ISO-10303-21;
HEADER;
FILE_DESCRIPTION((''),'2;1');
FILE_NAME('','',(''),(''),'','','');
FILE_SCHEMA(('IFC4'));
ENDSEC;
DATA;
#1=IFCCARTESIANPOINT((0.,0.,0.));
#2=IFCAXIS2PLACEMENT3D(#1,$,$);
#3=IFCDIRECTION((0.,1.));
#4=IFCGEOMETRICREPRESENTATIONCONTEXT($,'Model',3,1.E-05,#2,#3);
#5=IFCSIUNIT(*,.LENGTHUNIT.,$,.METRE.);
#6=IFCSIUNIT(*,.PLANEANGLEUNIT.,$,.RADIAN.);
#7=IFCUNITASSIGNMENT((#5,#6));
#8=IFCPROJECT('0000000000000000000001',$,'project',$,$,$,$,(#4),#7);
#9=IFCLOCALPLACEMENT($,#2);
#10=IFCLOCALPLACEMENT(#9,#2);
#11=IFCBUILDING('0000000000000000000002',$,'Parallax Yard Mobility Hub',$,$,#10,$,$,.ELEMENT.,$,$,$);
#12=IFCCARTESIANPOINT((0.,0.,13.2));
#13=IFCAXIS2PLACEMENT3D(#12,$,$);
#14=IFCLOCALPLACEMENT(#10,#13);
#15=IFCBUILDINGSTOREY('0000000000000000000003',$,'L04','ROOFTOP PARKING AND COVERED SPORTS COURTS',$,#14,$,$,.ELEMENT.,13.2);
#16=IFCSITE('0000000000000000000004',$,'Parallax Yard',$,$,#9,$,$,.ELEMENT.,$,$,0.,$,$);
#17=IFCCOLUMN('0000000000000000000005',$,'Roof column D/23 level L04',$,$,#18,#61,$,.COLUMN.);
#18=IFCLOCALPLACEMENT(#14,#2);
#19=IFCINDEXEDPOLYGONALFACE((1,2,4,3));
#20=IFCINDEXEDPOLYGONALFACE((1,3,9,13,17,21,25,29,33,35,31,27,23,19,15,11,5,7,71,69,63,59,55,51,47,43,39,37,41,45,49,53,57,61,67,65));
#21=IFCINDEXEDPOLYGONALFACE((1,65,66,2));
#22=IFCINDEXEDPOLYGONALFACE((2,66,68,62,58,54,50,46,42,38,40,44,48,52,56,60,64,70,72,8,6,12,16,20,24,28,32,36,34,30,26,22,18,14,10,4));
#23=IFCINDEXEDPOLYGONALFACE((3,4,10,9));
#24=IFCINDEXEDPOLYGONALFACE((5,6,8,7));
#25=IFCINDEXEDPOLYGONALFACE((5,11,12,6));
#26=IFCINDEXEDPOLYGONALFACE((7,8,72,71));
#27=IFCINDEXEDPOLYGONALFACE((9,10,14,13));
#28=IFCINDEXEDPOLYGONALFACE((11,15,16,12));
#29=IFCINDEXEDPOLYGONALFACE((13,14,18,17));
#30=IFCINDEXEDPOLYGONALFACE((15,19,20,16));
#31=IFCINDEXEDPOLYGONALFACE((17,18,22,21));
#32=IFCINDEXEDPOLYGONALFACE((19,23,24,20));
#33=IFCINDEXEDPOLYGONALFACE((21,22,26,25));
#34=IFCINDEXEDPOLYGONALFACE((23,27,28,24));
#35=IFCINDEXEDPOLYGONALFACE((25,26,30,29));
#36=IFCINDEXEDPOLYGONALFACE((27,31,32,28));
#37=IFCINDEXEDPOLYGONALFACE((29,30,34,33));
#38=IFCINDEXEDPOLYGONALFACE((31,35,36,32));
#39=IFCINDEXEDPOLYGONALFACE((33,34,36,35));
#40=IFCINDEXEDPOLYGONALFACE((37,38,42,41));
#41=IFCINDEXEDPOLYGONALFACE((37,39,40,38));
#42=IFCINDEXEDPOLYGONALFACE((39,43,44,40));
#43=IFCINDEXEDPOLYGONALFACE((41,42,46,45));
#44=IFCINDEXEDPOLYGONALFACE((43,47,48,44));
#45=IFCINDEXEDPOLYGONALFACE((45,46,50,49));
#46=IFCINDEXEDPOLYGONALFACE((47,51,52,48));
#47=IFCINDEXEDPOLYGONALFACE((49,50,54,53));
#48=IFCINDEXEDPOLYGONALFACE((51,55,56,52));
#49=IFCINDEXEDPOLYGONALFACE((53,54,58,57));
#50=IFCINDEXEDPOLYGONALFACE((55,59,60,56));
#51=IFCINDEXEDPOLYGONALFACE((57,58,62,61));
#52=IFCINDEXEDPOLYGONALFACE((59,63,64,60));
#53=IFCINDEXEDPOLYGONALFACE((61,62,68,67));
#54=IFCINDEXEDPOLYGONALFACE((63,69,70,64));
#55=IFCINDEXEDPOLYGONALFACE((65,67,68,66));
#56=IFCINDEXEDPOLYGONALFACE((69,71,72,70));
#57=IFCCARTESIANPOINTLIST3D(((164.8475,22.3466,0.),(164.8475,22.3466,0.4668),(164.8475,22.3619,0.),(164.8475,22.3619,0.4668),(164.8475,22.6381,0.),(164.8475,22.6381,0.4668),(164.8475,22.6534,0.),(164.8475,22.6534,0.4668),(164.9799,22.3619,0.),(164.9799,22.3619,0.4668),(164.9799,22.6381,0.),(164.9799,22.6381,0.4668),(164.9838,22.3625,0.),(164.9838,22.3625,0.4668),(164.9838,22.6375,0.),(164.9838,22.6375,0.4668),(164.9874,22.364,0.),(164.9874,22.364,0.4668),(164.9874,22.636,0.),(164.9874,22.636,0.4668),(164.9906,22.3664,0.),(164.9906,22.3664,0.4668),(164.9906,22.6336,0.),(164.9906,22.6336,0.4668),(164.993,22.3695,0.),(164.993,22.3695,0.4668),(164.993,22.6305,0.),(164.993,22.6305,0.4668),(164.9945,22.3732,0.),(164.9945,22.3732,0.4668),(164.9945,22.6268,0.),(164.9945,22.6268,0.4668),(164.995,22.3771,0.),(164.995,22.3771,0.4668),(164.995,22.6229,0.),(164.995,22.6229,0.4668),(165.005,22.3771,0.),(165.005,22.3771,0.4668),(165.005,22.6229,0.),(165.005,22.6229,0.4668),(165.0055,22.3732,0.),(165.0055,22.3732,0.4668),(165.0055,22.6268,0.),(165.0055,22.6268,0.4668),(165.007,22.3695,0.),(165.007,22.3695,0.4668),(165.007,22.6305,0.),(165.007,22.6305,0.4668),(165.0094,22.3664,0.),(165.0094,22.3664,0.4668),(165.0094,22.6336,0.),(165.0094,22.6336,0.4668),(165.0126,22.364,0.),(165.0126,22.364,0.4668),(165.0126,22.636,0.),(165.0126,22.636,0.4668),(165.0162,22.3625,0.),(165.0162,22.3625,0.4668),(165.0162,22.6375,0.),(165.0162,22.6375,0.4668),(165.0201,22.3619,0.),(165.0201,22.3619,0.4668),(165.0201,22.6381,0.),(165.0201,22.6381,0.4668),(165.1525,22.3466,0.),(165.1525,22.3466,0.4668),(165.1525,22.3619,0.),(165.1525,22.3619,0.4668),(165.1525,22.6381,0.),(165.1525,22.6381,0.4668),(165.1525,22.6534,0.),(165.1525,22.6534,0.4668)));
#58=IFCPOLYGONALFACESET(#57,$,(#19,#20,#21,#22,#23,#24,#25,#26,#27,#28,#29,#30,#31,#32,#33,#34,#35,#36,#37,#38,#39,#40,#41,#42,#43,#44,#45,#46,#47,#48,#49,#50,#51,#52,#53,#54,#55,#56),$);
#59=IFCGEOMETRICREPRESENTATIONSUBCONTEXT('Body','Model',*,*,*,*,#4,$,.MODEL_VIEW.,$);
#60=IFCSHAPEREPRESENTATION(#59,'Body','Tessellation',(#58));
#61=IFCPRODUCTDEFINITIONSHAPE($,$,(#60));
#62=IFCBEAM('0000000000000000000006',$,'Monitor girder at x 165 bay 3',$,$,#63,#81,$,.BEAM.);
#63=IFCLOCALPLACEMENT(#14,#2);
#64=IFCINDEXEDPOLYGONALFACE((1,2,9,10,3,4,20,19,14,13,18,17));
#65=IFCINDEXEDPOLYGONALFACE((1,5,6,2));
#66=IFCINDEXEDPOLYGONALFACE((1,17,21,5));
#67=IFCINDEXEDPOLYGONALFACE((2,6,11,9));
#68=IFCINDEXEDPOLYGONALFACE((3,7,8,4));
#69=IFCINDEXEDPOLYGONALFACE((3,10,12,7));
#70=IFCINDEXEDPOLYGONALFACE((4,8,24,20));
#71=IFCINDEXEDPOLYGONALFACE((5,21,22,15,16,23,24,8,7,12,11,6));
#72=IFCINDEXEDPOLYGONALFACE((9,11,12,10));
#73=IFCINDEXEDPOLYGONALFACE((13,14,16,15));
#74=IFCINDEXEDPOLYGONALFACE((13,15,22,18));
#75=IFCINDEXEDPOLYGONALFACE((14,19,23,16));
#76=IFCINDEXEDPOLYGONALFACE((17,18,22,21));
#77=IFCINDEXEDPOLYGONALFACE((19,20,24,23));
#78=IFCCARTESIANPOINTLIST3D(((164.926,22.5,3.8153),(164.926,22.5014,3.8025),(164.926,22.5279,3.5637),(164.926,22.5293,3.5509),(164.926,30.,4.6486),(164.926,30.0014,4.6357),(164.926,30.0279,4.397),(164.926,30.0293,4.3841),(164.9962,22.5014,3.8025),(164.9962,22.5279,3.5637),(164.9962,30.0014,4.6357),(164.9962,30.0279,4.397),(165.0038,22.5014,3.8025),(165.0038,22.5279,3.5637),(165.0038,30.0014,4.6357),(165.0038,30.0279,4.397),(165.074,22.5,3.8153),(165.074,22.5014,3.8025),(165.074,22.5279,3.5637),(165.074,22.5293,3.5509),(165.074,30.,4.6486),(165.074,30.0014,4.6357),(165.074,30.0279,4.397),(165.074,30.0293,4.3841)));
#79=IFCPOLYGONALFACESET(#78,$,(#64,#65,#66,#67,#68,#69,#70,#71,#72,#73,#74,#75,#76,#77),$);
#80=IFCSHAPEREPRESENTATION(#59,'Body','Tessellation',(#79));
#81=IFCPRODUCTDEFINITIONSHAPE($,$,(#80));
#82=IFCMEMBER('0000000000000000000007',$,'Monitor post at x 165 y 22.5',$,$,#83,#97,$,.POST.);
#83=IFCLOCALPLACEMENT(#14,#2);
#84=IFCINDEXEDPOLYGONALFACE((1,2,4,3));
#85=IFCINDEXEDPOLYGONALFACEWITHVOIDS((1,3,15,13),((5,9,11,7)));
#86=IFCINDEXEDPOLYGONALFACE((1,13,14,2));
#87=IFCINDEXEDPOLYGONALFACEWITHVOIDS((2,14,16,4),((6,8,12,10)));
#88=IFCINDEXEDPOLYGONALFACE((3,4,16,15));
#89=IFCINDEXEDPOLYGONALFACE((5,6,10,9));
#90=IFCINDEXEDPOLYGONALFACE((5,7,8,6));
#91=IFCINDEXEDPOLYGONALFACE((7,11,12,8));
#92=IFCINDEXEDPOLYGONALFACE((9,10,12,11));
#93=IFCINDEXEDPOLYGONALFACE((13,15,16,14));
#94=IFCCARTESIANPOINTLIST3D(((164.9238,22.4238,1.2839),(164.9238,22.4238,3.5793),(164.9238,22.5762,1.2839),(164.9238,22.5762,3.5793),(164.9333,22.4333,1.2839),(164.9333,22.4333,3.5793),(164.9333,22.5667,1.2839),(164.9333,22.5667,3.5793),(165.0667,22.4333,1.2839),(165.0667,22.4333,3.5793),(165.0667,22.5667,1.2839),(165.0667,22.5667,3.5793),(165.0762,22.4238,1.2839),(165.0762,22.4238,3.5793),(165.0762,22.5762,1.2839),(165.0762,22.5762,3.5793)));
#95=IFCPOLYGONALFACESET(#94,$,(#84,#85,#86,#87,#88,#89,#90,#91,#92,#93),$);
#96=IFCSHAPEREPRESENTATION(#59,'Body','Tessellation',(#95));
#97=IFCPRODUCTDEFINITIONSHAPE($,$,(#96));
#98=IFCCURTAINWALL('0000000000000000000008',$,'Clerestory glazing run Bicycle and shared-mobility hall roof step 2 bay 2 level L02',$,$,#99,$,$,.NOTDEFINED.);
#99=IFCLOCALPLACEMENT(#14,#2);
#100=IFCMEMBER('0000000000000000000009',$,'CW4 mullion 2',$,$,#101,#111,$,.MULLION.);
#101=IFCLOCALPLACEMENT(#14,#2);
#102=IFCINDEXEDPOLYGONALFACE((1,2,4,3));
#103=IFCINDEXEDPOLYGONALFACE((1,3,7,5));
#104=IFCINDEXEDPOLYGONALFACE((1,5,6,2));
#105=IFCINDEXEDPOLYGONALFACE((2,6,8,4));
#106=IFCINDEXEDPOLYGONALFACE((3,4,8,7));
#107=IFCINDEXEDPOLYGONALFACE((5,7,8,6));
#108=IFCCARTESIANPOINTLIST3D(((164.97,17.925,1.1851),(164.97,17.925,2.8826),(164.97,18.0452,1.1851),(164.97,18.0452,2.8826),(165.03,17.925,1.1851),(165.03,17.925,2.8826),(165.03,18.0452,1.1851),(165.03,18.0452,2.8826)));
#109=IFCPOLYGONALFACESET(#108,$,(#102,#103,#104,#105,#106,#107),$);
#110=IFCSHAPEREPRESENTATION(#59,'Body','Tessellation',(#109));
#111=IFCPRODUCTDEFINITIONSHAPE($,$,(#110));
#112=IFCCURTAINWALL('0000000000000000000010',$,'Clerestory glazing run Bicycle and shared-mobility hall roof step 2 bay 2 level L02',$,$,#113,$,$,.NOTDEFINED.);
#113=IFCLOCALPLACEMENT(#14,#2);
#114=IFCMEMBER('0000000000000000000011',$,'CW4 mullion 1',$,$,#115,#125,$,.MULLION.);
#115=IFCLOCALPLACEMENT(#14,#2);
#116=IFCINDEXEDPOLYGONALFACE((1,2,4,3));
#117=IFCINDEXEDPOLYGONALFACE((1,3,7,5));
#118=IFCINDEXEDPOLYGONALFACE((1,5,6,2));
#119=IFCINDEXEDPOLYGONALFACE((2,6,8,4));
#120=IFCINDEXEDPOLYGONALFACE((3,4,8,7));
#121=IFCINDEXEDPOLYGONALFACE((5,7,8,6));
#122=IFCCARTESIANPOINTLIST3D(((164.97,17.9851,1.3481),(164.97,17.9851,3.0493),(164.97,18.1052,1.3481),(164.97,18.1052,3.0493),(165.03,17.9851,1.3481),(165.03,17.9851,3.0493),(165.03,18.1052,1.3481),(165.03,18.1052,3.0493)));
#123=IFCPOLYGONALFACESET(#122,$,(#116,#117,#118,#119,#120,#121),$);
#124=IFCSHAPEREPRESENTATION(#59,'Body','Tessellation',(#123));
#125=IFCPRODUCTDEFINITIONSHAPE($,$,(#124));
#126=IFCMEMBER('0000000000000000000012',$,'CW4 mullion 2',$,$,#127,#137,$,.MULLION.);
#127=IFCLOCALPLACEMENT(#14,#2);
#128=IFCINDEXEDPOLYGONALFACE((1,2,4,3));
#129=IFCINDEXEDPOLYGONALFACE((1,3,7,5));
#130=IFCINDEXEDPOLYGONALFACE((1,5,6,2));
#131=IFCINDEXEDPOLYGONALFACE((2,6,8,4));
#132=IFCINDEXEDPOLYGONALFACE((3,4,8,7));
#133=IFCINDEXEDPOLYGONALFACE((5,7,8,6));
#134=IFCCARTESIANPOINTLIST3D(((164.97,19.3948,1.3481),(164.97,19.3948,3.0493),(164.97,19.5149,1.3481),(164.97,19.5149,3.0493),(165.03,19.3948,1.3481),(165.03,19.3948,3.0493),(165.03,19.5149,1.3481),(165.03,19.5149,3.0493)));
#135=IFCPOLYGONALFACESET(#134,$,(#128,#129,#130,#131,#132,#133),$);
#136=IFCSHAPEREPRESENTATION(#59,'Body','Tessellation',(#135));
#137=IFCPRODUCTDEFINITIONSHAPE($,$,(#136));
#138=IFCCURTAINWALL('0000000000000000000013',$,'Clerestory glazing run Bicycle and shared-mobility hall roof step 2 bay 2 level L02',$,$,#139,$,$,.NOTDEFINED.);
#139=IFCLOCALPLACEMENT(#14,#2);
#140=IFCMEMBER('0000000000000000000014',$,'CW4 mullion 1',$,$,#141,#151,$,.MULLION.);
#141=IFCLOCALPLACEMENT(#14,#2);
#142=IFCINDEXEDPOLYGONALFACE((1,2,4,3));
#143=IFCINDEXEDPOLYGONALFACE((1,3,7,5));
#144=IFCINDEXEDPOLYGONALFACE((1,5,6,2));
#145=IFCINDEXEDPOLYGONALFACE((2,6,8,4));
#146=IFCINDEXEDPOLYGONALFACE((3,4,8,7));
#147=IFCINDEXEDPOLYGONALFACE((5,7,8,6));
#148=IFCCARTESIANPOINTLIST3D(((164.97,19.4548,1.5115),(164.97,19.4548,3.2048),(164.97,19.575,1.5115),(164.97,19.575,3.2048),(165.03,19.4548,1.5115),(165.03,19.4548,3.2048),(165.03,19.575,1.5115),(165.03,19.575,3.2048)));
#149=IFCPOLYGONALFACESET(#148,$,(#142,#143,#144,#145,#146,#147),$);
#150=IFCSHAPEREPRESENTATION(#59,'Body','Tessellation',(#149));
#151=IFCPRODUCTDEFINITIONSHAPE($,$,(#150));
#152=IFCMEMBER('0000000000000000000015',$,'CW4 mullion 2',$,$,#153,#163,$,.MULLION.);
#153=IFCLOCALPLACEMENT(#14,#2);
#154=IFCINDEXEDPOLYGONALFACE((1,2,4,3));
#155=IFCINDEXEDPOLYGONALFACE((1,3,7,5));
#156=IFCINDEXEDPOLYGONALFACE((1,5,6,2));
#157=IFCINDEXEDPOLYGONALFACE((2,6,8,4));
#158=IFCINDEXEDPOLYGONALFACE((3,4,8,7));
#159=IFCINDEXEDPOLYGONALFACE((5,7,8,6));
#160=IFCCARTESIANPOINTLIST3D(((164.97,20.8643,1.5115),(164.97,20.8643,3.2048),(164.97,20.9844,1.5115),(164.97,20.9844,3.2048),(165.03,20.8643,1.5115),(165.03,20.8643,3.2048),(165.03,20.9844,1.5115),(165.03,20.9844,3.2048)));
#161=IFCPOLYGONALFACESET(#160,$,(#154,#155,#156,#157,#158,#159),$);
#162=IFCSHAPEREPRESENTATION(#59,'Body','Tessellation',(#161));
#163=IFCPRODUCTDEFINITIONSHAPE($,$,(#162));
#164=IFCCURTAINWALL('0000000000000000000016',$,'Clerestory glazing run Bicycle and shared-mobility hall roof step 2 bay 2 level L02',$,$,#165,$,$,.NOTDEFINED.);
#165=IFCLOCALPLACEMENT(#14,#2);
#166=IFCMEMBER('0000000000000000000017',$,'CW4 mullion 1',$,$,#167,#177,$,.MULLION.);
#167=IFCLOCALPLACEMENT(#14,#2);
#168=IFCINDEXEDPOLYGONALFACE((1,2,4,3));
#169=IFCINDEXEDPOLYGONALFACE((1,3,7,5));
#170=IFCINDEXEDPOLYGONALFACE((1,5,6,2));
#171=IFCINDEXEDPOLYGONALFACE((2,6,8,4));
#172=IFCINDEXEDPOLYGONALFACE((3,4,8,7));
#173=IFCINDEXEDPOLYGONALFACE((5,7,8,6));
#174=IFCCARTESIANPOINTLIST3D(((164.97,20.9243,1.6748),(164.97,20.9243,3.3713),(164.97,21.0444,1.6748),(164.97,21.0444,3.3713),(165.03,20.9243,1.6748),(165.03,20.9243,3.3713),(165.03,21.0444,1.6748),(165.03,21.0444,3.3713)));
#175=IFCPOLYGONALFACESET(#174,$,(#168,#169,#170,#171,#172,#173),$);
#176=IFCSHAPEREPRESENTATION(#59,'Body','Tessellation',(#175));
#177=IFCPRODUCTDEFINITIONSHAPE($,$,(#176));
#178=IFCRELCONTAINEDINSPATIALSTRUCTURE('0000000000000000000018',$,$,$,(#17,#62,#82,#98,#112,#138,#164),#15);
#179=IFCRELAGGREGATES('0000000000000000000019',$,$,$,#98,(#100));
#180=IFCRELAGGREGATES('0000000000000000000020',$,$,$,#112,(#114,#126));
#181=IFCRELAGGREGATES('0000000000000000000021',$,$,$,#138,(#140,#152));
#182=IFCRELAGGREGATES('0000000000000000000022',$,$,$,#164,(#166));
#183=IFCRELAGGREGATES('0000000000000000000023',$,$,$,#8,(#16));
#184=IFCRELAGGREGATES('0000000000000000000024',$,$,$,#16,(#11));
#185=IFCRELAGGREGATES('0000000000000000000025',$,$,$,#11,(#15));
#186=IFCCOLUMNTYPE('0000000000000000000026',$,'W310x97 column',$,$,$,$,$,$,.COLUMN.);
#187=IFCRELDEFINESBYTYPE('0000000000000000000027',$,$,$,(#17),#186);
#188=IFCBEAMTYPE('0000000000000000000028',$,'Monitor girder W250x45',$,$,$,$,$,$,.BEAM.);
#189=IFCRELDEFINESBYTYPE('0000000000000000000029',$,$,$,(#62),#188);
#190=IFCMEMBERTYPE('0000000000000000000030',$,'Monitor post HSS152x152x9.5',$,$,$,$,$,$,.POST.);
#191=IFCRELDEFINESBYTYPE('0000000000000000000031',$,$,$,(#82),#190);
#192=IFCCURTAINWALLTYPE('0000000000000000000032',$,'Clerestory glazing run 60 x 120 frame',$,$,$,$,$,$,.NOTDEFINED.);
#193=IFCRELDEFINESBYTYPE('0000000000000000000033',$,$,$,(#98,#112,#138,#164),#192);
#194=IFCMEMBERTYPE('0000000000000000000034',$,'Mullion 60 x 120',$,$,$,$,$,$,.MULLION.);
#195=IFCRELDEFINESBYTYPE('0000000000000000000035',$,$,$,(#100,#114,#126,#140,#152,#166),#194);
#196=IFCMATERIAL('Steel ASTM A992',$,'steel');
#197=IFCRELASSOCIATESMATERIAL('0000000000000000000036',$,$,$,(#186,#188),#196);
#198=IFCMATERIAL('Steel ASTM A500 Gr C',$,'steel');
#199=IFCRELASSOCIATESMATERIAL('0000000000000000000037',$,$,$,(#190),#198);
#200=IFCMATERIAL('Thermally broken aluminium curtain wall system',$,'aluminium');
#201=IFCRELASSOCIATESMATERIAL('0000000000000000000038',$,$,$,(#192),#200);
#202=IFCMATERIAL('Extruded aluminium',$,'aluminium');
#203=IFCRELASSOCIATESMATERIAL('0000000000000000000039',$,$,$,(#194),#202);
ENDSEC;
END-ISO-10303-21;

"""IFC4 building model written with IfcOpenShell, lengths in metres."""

from ifc_helpers import new_model, si_unit, direction, frame, origin, origin_2d, place, context, subcontext, project, spatial, rectangle, hollow_rectangle, i_section, extrude, material, material_profile, profile_set, type_object, element, aggregate, save


model = new_model("IFC4")

# Units and contexts
model_context = context("Model", 3, precision=1e-05, world=origin(), true_north=direction((0.0, 1.0)))
body_context = subcontext(model_context, "Body", "Model", "MODEL_VIEW")
ifc_project = project(units=[si_unit("LENGTHUNIT", "METRE"), si_unit("PLANEANGLEUNIT", "RADIAN")], contexts=[model_context])

# Site, building, storey
site_placement = place(None, origin())
site = spatial("IfcSite", under=ifc_project, at=site_placement, Name="Parallax Yard", CompositionType="ELEMENT", RefElevation=0.0)
building_placement = place(site_placement, origin())
building = spatial("IfcBuilding", under=site, at=building_placement, Name="Parallax Yard Mobility Hub", CompositionType="ELEMENT")
storey_placement = place(building_placement, frame((0.0, 0.0, 13.2)))
storey = spatial("IfcBuildingStorey", under=building, at=storey_placement, Name="L04", Description="ROOFTOP PARKING AND COVERED SPORTS COURTS", CompositionType="ELEMENT", Elevation=13.2)

# Column
ifc_material_1 = material(Name="Steel ASTM A992", Category="steel")
ifc_material_profile_1 = material_profile(ifc_material_1, i_section(OverallWidth=0.3049, OverallDepth=0.3069, WebThickness=0.01, FlangeThickness=0.0154, FilletRadius=0.0151, at=origin_2d()), Name="W310x97")
ifc_profile_set_1 = profile_set([ifc_material_profile_1], Name="Steel ASTM A992")
column_type = type_object("IfcColumnType", Name="W310x97 column", PredefinedType="COLUMN", material=ifc_profile_set_1)
column_placement = place(storey_placement, frame((165.0, 22.5, 0.0), z_axis=(0.0, 0.0, 1.0), x_axis=(1.0, 0.0, 0.0)))
element("IfcColumn", 1, at=column_placement, inside=storey, type_object=column_type, Name="Roof column D/23 level L04", PredefinedType="COLUMN", context=body_context, shape_type="SweptSolid", body=[
    extrude(i_section(OverallWidth=0.3049, OverallDepth=0.3069, WebThickness=0.01, FlangeThickness=0.0154, FilletRadius=0.0151, at=origin_2d()), origin(), (0.0, 0.0, 1.0), 0.4668),
])

# Beam
ifc_material_profile_2 = material_profile(ifc_material_1, i_section(OverallWidth=0.1479, OverallDepth=0.2661, WebThickness=0.0076, FlangeThickness=0.0129, at=origin_2d()), Name="W250x45")
ifc_profile_set_2 = profile_set([ifc_material_profile_2], Name="Steel ASTM A992")
beam_type = type_object("IfcBeamType", Name="Monitor girder W250x45", PredefinedType="BEAM", material=ifc_profile_set_2)
beam_placement = place(storey_placement, frame((165.0, 22.5146, 3.6831), z_axis=(0.0, 0.993885, 0.110421), x_axis=(-1.0, 0.0, 0.0)))
element("IfcBeam", 2, at=beam_placement, inside=storey, type_object=beam_type, Name="Monitor girder at x 165 bay 3", PredefinedType="BEAM", context=body_context, shape_type="SweptSolid", body=[
    extrude(i_section(OverallWidth=0.1479, OverallDepth=0.2661, WebThickness=0.0076, FlangeThickness=0.0129, at=origin_2d()), origin(), (0.0, 0.0, 1.0), 7.5461),
])

# Member
ifc_material_2 = material(Name="Steel ASTM A500 Gr C", Category="steel")
ifc_material_profile_3 = material_profile(ifc_material_2, hollow_rectangle(XDim=0.1523, YDim=0.1523, WallThickness=0.0095, at=origin_2d()), Name="HSS152x152x9.5")
ifc_profile_set_3 = profile_set([ifc_material_profile_3], Name="Steel ASTM A500 Gr C")
member_type_1 = type_object("IfcMemberType", Name="Monitor post HSS152x152x9.5", PredefinedType="POST", material=ifc_profile_set_3)
member_1_placement = place(storey_placement, frame((165.0, 22.5, 1.2839), z_axis=(0.0, 0.0, 1.0), x_axis=(1.0, 0.0, 0.0)))
element("IfcMember", 3, at=member_1_placement, inside=storey, type_object=member_type_1, Name="Monitor post at x 165 y 22.5", PredefinedType="POST", context=body_context, shape_type="SweptSolid", body=[
    extrude(hollow_rectangle(XDim=0.1523, YDim=0.1523, WallThickness=0.0095, at=origin_2d()), origin(), (0.0, 0.0, 1.0), 2.2954),
])

# Curtain wall, member
ifc_material_3 = material(Name="Thermally broken aluminium curtain wall system", Category="aluminium")
curtain_wall_type = type_object("IfcCurtainWallType", Name="Clerestory glazing run 60 x 120 frame", PredefinedType="NOTDEFINED", material=ifc_material_3)
curtain_wall_1_placement = place(storey_placement, origin())
curtain_wall_1 = element("IfcCurtainWall", 4, at=curtain_wall_1_placement, inside=storey, type_object=curtain_wall_type, Name="Clerestory glazing run Bicycle and shared-mobility hall roof step 2 bay 2 level L02", PredefinedType="NOTDEFINED")
ifc_material_4 = material(Name="Extruded aluminium", Category="aluminium")
ifc_material_profile_4 = material_profile(ifc_material_4, rectangle(XDim=0.0601, YDim=0.1201, at=origin_2d()), Name="Mullion 60 x 120")
ifc_profile_set_4 = profile_set([ifc_material_profile_4], Name="Extruded aluminium")
member_type_2 = type_object("IfcMemberType", Name="Mullion 60 x 120", PredefinedType="MULLION", material=ifc_profile_set_4)
member_2_placement = place(storey_placement, frame((165.0, 17.9851, 1.1851), z_axis=(0.0, 0.0, 1.0), x_axis=(-1.0, 0.0, 0.0)))
member_2 = element("IfcMember", 5, at=member_2_placement, type_object=member_type_2, Name="CW4 mullion 2", PredefinedType="MULLION", context=body_context, shape_type="SweptSolid", body=[
    extrude(rectangle(XDim=0.0601, YDim=0.1201, at=origin_2d()), origin(), (0.0, 0.0, 1.0), 1.6975),
])

# Curtain walls, members
curtain_wall_2_placement = place(storey_placement, origin())
curtain_wall_2 = element("IfcCurtainWall", 6, at=curtain_wall_2_placement, inside=storey, type_object=curtain_wall_type, Name="Clerestory glazing run Bicycle and shared-mobility hall roof step 2 bay 2 level L02", PredefinedType="NOTDEFINED")
member_3_placement = place(storey_placement, frame((165.0, 18.0452, 1.3481), z_axis=(0.0, 0.0, 1.0), x_axis=(-1.0, 0.0, 0.0)))
member_3 = element("IfcMember", 7, at=member_3_placement, type_object=member_type_2, Name="CW4 mullion 1", PredefinedType="MULLION", context=body_context, shape_type="SweptSolid", body=[
    extrude(rectangle(XDim=0.0601, YDim=0.1201, at=origin_2d()), origin(), (0.0, 0.0, 1.0), 1.7012),
])
member_4_placement = place(storey_placement, frame((165.0, 19.4548, 1.3481), z_axis=(0.0, 0.0, 1.0), x_axis=(-1.0, 0.0, 0.0)))
member_4 = element("IfcMember", 8, at=member_4_placement, type_object=member_type_2, Name="CW4 mullion 2", PredefinedType="MULLION", context=body_context, shape_type="SweptSolid", body=[
    extrude(rectangle(XDim=0.0601, YDim=0.1201, at=origin_2d()), origin(), (0.0, 0.0, 1.0), 1.7012),
])
curtain_wall_3_placement = place(storey_placement, origin())
curtain_wall_3 = element("IfcCurtainWall", 9, at=curtain_wall_3_placement, inside=storey, type_object=curtain_wall_type, Name="Clerestory glazing run Bicycle and shared-mobility hall roof step 2 bay 2 level L02", PredefinedType="NOTDEFINED")
member_5_placement = place(storey_placement, frame((165.0, 19.5149, 1.5115), z_axis=(0.0, 0.0, 1.0), x_axis=(-1.0, 0.0, 0.0)))
member_5 = element("IfcMember", 10, at=member_5_placement, type_object=member_type_2, Name="CW4 mullion 1", PredefinedType="MULLION", context=body_context, shape_type="SweptSolid", body=[
    extrude(rectangle(XDim=0.0601, YDim=0.1201, at=origin_2d()), origin(), (0.0, 0.0, 1.0), 1.6934),
])
member_6_placement = place(storey_placement, frame((165.0, 20.9243, 1.5115), z_axis=(0.0, 0.0, 1.0), x_axis=(-1.0, 0.0, 0.0)))
member_6 = element("IfcMember", 11, at=member_6_placement, type_object=member_type_2, Name="CW4 mullion 2", PredefinedType="MULLION", context=body_context, shape_type="SweptSolid", body=[
    extrude(rectangle(XDim=0.0601, YDim=0.1201, at=origin_2d()), origin(), (0.0, 0.0, 1.0), 1.6934),
])

# Curtain wall, member
curtain_wall_4_placement = place(storey_placement, origin())
curtain_wall_4 = element("IfcCurtainWall", 12, at=curtain_wall_4_placement, inside=storey, type_object=curtain_wall_type, Name="Clerestory glazing run Bicycle and shared-mobility hall roof step 2 bay 2 level L02", PredefinedType="NOTDEFINED")
member_7_placement = place(storey_placement, frame((165.0, 20.9844, 1.6748), z_axis=(0.0, 0.0, 1.0), x_axis=(-1.0, 0.0, 0.0)))
member_7 = element("IfcMember", 13, at=member_7_placement, type_object=member_type_2, Name="CW4 mullion 1", PredefinedType="MULLION", context=body_context, shape_type="SweptSolid", body=[
    extrude(rectangle(XDim=0.0601, YDim=0.1201, at=origin_2d()), origin(), (0.0, 0.0, 1.0), 1.6965),
])

aggregate(curtain_wall_1, [member_2])
aggregate(curtain_wall_2, [member_3, member_4])
aggregate(curtain_wall_3, [member_5, member_6])
aggregate(curtain_wall_4, [member_7])

save(model, "model.ifc")
